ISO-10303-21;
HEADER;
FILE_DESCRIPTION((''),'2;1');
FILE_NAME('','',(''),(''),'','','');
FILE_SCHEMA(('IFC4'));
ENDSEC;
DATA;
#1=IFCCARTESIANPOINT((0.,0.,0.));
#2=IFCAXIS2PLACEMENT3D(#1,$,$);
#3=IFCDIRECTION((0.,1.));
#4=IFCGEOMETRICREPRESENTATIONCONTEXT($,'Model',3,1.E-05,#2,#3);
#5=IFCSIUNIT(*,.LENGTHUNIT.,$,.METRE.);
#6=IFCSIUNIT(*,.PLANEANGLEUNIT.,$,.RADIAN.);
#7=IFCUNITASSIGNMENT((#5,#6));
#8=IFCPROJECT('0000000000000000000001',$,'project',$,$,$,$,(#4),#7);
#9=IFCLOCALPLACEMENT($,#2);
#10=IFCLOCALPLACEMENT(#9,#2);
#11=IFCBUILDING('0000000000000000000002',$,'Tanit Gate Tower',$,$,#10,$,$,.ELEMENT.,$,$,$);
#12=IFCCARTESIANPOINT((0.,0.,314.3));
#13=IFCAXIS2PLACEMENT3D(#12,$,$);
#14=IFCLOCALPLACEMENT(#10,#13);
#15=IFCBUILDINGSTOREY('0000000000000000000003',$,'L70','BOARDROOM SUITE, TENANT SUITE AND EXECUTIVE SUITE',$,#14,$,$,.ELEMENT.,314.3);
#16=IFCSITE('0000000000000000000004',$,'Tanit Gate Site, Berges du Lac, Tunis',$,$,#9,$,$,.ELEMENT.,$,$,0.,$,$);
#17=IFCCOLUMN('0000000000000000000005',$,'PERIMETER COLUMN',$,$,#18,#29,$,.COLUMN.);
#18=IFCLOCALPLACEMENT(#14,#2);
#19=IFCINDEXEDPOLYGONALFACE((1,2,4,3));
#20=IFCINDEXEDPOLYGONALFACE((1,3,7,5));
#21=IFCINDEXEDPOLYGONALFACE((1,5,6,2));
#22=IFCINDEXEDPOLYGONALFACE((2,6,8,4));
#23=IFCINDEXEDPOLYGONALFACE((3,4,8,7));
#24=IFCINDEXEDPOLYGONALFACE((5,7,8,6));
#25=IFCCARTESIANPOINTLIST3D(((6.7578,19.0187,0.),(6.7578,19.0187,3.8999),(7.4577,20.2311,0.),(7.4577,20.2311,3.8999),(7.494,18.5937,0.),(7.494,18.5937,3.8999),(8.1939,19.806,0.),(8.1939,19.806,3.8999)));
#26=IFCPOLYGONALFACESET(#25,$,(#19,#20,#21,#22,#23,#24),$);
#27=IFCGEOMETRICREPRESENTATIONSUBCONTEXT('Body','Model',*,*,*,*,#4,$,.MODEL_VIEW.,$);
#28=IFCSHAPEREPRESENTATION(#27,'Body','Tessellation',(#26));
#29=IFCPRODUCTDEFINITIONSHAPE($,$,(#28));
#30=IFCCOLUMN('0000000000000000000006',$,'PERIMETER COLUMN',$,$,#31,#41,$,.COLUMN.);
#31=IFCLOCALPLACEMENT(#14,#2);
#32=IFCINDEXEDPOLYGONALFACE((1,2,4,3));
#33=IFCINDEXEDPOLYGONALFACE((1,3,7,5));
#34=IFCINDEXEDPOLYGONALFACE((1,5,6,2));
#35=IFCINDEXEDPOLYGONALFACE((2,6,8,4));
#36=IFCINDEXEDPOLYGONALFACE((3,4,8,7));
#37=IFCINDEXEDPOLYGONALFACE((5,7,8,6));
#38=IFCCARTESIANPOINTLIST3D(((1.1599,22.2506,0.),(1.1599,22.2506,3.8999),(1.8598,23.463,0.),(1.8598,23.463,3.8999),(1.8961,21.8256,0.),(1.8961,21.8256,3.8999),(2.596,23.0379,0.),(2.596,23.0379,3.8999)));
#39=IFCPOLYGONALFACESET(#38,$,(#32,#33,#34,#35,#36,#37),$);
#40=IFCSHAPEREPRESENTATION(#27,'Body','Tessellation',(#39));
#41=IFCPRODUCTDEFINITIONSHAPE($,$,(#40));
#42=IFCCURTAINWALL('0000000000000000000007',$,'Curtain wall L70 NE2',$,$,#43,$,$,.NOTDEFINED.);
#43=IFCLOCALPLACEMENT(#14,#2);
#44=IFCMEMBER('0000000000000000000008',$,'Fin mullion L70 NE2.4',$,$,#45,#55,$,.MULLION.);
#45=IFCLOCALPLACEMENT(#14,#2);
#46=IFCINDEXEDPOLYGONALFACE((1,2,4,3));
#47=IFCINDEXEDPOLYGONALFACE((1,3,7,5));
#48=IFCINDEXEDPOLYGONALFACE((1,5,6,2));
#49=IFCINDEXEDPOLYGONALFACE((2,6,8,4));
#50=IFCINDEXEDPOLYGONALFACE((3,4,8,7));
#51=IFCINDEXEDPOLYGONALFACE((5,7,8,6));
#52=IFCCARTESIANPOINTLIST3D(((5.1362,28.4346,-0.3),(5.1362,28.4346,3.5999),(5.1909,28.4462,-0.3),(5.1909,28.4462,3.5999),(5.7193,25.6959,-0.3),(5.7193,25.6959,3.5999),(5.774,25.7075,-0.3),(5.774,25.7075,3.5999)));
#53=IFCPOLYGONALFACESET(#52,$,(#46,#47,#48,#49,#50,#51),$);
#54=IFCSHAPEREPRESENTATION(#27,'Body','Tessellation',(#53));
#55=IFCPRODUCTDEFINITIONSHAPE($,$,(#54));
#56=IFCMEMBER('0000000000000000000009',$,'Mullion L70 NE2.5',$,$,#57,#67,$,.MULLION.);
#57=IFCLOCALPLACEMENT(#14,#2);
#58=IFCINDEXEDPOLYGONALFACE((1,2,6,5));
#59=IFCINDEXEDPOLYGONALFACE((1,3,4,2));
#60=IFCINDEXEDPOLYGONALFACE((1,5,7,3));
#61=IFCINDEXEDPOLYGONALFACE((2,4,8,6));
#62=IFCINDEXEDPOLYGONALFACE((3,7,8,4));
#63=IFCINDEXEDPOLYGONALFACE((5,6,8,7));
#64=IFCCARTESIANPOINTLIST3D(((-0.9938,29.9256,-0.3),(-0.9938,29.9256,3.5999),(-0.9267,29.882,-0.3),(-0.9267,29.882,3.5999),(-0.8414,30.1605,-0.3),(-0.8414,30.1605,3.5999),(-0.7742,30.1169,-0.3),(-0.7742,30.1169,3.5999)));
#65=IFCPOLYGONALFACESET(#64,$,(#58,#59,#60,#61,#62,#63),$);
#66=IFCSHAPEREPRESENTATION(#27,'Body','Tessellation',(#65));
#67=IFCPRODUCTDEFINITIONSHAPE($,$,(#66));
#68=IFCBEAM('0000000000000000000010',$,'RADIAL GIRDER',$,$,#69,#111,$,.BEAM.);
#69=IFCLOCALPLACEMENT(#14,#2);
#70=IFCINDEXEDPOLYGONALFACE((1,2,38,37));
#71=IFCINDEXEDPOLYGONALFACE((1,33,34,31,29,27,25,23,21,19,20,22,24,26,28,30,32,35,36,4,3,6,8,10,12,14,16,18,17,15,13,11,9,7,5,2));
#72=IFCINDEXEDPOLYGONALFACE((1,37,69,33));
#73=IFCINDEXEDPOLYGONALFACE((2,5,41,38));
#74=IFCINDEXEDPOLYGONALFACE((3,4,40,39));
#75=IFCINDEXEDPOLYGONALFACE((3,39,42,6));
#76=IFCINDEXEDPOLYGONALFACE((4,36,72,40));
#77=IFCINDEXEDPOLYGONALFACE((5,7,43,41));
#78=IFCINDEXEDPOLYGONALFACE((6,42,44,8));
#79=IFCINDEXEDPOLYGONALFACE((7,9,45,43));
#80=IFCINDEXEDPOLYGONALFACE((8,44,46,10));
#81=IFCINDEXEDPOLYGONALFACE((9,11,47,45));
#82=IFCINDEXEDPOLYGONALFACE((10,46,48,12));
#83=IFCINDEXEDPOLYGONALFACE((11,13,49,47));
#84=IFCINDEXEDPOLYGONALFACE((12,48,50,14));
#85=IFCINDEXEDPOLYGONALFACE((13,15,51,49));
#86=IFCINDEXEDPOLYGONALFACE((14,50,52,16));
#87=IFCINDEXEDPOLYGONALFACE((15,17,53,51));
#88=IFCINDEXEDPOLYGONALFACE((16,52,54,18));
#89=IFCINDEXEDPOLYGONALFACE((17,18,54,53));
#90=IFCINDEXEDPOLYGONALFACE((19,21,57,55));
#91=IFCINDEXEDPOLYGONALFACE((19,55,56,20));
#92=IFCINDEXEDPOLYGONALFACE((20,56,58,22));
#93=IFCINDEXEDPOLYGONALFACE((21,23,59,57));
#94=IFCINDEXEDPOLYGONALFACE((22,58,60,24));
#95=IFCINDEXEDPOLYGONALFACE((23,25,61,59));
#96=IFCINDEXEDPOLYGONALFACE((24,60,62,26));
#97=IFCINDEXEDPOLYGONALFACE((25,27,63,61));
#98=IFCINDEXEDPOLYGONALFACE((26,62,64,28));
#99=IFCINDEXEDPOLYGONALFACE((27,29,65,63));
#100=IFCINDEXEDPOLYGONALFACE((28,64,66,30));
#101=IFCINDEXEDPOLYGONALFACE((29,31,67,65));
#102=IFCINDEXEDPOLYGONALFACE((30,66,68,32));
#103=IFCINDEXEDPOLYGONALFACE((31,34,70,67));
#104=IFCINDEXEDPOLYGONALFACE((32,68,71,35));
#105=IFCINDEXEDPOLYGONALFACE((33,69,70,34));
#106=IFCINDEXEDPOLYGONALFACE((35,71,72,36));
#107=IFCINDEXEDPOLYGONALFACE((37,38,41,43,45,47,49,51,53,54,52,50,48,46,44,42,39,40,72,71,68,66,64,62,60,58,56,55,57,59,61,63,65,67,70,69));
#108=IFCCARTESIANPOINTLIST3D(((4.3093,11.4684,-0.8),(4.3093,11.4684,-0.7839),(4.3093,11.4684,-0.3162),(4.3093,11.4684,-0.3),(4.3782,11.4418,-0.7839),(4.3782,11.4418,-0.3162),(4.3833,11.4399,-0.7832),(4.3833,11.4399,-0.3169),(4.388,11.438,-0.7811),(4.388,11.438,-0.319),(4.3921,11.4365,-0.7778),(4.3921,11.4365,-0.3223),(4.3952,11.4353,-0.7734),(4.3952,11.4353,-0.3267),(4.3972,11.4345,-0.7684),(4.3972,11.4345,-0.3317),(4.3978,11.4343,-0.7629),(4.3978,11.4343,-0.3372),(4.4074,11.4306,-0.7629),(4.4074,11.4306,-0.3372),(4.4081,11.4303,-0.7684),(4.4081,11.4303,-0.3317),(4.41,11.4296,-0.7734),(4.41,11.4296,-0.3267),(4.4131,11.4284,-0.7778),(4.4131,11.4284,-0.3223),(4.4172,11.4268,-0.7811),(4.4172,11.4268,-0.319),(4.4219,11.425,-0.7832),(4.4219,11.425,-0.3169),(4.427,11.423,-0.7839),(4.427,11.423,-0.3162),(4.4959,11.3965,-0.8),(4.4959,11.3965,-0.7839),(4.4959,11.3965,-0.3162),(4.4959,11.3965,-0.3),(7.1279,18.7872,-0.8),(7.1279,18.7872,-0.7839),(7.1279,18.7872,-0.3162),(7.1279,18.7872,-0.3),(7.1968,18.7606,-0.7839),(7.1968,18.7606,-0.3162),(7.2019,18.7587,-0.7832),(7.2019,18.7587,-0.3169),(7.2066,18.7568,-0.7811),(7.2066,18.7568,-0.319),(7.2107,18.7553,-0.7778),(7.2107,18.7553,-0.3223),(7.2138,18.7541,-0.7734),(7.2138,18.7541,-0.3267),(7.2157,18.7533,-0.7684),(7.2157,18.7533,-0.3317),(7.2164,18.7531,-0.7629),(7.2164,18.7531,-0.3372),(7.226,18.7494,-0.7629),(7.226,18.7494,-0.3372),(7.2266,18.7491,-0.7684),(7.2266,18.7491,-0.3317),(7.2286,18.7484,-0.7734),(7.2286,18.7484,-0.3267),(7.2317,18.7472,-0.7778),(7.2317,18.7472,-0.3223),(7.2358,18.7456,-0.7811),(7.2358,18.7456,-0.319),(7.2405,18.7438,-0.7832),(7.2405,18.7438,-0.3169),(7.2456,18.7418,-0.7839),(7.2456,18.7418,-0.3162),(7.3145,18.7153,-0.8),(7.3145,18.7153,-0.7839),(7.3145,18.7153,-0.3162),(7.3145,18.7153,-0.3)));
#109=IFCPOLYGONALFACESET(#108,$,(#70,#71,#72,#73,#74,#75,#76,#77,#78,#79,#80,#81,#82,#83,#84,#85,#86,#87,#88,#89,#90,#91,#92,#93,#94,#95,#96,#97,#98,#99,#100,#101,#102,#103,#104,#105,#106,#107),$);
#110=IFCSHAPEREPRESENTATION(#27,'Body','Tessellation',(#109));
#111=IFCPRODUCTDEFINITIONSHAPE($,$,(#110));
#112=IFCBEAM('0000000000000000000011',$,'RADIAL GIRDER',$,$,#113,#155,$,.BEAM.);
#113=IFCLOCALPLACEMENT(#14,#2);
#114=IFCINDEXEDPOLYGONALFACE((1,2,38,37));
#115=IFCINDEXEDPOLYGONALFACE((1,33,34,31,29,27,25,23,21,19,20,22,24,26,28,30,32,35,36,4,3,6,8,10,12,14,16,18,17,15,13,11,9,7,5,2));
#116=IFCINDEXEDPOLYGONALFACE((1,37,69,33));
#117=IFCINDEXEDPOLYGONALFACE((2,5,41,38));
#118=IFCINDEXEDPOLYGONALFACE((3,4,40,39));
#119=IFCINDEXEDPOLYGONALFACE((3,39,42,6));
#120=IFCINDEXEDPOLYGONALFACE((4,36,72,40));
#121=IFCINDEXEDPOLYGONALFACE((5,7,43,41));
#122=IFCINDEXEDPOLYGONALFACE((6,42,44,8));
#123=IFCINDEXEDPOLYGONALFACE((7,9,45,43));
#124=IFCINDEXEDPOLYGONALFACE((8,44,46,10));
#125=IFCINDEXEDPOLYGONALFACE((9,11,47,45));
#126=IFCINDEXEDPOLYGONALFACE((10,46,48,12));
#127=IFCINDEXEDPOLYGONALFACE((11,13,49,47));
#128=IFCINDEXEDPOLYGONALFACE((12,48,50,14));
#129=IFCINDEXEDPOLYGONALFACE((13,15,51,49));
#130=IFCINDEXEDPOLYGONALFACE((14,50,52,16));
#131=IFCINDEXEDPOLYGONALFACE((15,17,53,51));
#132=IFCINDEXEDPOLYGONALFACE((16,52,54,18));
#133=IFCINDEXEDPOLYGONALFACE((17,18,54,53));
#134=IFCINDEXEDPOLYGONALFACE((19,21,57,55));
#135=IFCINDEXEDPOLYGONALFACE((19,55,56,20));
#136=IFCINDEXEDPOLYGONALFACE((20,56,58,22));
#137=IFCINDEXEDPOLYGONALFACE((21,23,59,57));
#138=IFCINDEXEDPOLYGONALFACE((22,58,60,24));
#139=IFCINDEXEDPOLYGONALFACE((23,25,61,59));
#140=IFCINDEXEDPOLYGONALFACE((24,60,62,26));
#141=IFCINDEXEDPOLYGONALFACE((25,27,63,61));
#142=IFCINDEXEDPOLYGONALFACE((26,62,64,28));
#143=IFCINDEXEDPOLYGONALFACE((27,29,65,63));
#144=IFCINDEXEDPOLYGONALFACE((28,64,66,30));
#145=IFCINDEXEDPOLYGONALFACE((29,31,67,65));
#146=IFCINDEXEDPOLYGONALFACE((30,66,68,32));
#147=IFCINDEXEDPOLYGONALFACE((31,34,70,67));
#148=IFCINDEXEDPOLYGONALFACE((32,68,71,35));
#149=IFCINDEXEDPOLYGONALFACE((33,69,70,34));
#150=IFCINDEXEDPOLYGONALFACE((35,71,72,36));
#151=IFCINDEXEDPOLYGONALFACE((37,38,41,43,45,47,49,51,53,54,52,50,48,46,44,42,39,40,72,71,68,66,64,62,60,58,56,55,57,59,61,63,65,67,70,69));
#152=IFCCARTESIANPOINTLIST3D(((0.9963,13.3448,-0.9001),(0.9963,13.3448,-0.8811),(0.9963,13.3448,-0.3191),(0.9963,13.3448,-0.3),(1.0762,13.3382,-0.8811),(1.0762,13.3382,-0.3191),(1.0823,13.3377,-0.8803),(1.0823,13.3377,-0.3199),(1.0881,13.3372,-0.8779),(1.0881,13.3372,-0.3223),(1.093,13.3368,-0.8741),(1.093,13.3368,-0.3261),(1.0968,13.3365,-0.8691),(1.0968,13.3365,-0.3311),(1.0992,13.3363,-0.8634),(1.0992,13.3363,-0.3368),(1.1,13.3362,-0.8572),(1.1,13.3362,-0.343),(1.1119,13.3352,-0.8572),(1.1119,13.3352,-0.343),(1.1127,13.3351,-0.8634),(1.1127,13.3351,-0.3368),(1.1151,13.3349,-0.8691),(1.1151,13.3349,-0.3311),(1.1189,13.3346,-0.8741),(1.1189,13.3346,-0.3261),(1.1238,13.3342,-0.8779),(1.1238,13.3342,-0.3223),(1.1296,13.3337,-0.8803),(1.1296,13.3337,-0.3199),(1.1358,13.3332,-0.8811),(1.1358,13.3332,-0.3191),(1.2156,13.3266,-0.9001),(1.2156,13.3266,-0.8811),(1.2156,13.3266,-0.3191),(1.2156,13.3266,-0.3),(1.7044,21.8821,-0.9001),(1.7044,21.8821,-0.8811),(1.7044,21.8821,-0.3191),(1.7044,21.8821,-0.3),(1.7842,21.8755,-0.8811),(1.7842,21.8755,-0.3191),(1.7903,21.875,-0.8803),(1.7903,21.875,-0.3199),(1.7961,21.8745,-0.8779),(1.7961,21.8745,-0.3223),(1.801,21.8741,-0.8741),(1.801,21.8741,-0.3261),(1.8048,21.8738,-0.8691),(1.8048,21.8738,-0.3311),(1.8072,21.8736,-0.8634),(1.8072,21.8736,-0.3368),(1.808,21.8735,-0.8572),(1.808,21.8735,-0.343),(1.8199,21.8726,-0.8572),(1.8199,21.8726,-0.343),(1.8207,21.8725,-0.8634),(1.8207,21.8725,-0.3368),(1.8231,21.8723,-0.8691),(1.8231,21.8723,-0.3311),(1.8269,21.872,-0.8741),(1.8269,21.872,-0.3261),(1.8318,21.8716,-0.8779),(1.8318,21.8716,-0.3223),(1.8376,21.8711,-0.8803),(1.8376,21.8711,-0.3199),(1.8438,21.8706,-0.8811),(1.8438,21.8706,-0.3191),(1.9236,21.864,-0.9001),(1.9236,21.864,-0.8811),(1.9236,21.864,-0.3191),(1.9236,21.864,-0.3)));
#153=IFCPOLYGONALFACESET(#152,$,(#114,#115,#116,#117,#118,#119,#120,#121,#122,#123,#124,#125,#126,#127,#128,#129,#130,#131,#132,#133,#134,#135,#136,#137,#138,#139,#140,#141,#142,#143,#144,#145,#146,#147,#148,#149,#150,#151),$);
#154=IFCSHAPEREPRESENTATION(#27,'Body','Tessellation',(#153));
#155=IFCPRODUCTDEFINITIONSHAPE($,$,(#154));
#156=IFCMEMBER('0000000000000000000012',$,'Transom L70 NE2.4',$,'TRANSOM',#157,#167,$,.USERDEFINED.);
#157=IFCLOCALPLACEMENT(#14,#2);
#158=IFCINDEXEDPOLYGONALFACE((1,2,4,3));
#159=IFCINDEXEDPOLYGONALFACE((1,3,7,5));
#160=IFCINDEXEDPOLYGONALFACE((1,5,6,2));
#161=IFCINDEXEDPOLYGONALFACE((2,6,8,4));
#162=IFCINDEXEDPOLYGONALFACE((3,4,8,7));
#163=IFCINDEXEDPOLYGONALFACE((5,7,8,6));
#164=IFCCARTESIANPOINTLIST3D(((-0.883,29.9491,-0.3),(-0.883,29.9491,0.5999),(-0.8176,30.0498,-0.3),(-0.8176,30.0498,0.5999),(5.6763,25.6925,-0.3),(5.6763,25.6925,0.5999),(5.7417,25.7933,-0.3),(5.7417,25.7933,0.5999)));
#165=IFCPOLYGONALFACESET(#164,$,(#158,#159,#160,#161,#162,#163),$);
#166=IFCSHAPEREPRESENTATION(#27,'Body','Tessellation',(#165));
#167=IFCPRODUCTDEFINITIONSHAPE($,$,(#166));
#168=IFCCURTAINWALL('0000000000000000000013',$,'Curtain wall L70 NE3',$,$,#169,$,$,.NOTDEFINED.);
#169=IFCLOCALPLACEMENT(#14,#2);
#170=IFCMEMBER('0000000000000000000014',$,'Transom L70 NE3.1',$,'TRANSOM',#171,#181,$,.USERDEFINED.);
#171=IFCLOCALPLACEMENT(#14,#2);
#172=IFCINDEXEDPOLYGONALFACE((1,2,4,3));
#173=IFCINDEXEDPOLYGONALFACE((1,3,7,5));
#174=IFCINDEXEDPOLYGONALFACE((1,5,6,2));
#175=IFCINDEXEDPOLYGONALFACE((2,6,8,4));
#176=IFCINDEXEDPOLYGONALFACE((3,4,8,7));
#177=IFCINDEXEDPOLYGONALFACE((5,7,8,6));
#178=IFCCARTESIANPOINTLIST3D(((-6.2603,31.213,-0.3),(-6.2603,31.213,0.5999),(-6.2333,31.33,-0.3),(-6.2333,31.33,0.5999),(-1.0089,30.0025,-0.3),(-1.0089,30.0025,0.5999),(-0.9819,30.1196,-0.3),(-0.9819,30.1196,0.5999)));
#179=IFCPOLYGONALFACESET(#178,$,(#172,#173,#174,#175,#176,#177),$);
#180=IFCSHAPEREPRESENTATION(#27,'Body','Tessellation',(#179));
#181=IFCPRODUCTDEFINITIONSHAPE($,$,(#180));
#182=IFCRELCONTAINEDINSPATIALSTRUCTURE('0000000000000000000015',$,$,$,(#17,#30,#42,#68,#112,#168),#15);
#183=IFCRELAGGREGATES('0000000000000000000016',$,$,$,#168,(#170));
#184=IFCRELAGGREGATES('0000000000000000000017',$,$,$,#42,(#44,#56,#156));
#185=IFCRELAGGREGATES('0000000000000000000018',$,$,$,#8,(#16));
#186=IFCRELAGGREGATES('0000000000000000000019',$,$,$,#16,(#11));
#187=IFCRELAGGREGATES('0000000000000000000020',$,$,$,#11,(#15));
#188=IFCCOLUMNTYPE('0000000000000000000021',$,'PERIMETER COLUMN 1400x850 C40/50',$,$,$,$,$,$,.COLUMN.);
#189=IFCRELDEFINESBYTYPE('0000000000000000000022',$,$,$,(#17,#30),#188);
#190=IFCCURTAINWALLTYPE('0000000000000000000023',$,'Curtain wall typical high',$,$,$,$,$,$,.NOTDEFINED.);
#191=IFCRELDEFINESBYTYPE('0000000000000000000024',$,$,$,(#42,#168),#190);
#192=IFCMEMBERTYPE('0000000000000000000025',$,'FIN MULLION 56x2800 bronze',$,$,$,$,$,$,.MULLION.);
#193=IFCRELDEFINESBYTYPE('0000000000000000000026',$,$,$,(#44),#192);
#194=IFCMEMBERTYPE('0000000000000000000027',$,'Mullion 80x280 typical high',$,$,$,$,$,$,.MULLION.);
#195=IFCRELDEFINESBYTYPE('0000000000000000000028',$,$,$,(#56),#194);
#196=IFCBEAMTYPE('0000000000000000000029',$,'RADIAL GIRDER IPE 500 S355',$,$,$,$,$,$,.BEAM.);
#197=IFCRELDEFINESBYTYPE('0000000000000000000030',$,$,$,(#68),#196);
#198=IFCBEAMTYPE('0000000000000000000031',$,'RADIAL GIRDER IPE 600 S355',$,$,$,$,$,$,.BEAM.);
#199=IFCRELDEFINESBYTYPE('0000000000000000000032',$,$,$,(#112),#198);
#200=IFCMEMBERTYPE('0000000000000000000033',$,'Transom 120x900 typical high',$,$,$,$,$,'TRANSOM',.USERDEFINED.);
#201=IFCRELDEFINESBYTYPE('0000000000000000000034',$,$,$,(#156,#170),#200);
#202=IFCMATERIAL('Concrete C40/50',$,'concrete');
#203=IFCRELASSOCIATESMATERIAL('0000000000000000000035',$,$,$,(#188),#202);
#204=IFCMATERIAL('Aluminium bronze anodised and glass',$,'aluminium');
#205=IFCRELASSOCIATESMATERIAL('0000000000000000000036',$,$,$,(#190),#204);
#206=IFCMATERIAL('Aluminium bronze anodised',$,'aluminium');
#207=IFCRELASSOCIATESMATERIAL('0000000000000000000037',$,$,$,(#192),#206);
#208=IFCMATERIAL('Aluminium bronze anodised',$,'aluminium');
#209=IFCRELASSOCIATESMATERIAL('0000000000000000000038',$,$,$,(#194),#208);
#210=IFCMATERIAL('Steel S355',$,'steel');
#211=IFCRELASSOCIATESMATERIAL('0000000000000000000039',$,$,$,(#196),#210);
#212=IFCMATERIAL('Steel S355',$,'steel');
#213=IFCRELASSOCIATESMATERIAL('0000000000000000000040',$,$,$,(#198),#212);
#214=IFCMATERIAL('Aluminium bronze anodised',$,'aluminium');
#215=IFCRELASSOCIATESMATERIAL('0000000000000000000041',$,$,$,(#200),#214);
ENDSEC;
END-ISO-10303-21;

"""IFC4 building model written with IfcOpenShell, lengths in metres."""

from ifc_helpers import new_model, si_unit, direction, frame, origin, origin_2d, place, context, subcontext, project, spatial, rectangle, i_section, extrude, material, material_profile, profile_set, type_object, element, aggregate, save


model = new_model("IFC4")

# Units and contexts
model_context = context("Model", 3, precision=1e-05, world=origin(), true_north=direction((0.0, 1.0)))
body_context = subcontext(model_context, "Body", "Model", "MODEL_VIEW")
ifc_project = project(units=[si_unit("LENGTHUNIT", "METRE"), si_unit("PLANEANGLEUNIT", "RADIAN")], contexts=[model_context])

# Site, building, storey
site_placement = place(None, origin())
site = spatial("IfcSite", under=ifc_project, at=site_placement, Name="Tanit Gate Site, Berges du Lac, Tunis", CompositionType="ELEMENT", RefElevation=0.0)
building_placement = place(site_placement, origin())
building = spatial("IfcBuilding", under=site, at=building_placement, Name="Tanit Gate Tower", CompositionType="ELEMENT")
storey_placement = place(building_placement, frame((0.0, 0.0, 314.3)))
storey = spatial("IfcBuildingStorey", under=building, at=storey_placement, Name="L70", Description="BOARDROOM SUITE, TENANT SUITE AND EXECUTIVE SUITE", CompositionType="ELEMENT", Elevation=314.3)

# Columns
ifc_material_1 = material(Name="Concrete C40/50", Category="concrete")
ifc_material_profile_1 = material_profile(ifc_material_1, rectangle(XDim=1.3999, YDim=0.8501, at=origin_2d()), Name="RC 1400x850")
ifc_profile_set_1 = profile_set([ifc_material_profile_1], Name="Concrete C40/50")
column_type = type_object("IfcColumnType", Name="PERIMETER COLUMN 1400x850 C40/50", PredefinedType="COLUMN", material=ifc_profile_set_1)
for number, where, z_axis, x_axis, name in (
    (1, (7.4758, 19.4124, 0.0), (0.0, 0.0, 1.0), (0.5, 0.866025, 0.0), "PERIMETER COLUMN"),
    (2, (1.8779, 22.6443, 0.0), (0.0, 0.0, 1.0), (0.5, 0.866025, 0.0), "PERIMETER COLUMN"),
):
    element("IfcColumn", number, at=place(storey_placement, frame(where, z_axis=z_axis, x_axis=x_axis)), inside=storey, type_object=column_type, Name=name, PredefinedType="COLUMN", context=body_context, shape_type="SweptSolid", body=[
        extrude(rectangle(XDim=1.3999, YDim=0.8501, at=origin_2d()), origin(), (0.0, 0.0, 1.0), 3.8999),
    ])

# Curtain wall, members
ifc_material_2 = material(Name="Aluminium bronze anodised and glass", Category="aluminium")
curtain_wall_type = type_object("IfcCurtainWallType", Name="Curtain wall typical high", PredefinedType="NOTDEFINED", material=ifc_material_2)
curtain_wall_1_placement = place(storey_placement, origin())
curtain_wall_1 = element("IfcCurtainWall", 3, at=curtain_wall_1_placement, inside=storey, type_object=curtain_wall_type, Name="Curtain wall L70 NE2", PredefinedType="NOTDEFINED")
ifc_material_3 = material(Name="Aluminium bronze anodised", Category="aluminium")
ifc_material_profile_2 = material_profile(ifc_material_3, rectangle(XDim=2.8, YDim=0.0559, at=origin_2d()), Name="56x2800 bronze fin mullion")
ifc_profile_set_2 = profile_set([ifc_material_profile_2], Name="Aluminium bronze anodised")
member_type_1 = type_object("IfcMemberType", Name="FIN MULLION 56x2800 bronze", PredefinedType="MULLION", material=ifc_profile_set_2)
member_1_placement = place(storey_placement, frame((5.4551, 27.071, -0.3), z_axis=(0.0, 0.0, 1.0), x_axis=(0.208238, -0.978078, 0.0)))
member_1 = element("IfcMember", 4, at=member_1_placement, type_object=member_type_1, Name="Fin mullion L70 NE2.4", PredefinedType="MULLION", context=body_context, shape_type="SweptSolid", body=[
    extrude(rectangle(XDim=2.8, YDim=0.0559, at=origin_2d()), origin(), (0.0, 0.0, 1.0), 3.8999),
])
ifc_material_4 = material(Name="Aluminium bronze anodised", Category="aluminium")
ifc_material_profile_3 = material_profile(ifc_material_4, rectangle(XDim=0.28, YDim=0.0801, at=origin_2d()), Name="80x280 bronze mullion")
ifc_profile_set_3 = profile_set([ifc_material_profile_3], Name="Aluminium bronze anodised")
member_type_2 = type_object("IfcMemberType", Name="Mullion 80x280 typical high", PredefinedType="MULLION", material=ifc_profile_set_3)
member_2_placement = place(storey_placement, frame((-0.884, 30.0212, -0.3), z_axis=(0.0, 0.0, 1.0), x_axis=(-0.544359, -0.838852, 0.0)))
member_2 = element("IfcMember", 5, at=member_2_placement, type_object=member_type_2, Name="Mullion L70 NE2.5", PredefinedType="MULLION", context=body_context, shape_type="SweptSolid", body=[
    extrude(rectangle(XDim=0.28, YDim=0.0801, at=origin_2d()), origin(), (0.0, 0.0, 1.0), 3.8999),
])

# Beams
ifc_material_5 = material(Name="Steel S355", Category="steel")
ifc_material_profile_4 = material_profile(ifc_material_5, i_section(OverallWidth=0.2, OverallDepth=0.5, WebThickness=0.0103, FlangeThickness=0.0161, FilletRadius=0.021, at=origin_2d()), Name="IPE 500")
ifc_profile_set_4 = profile_set([ifc_material_profile_4], Name="Steel S355")
beam_type_1 = type_object("IfcBeamType", Name="RADIAL GIRDER IPE 500 S355", PredefinedType="BEAM", material=ifc_profile_set_4)
beam_1_placement = place(storey_placement, frame((7.2212, 18.7512, -0.55), z_axis=(-0.359386, -0.933189, 0.0), x_axis=(0.933189, -0.359386, 0.0)))
element("IfcBeam", 6, at=beam_1_placement, inside=storey, type_object=beam_type_1, Name="RADIAL GIRDER", PredefinedType="BEAM", context=body_context, shape_type="SweptSolid", body=[
    extrude(i_section(OverallWidth=0.2, OverallDepth=0.5, WebThickness=0.0103, FlangeThickness=0.0161, FilletRadius=0.021, at=origin_2d()), origin(), (0.0, 0.0, 1.0), 7.8428),
])
ifc_material_6 = material(Name="Steel S355", Category="steel")
ifc_material_profile_5 = material_profile(ifc_material_6, i_section(OverallWidth=0.22, OverallDepth=0.6001, WebThickness=0.012, FlangeThickness=0.019, FilletRadius=0.0239, at=origin_2d()), Name="IPE 600")
ifc_profile_set_5 = profile_set([ifc_material_profile_5], Name="Steel S355")
beam_type_2 = type_object("IfcBeamType", Name="RADIAL GIRDER IPE 600 S355", PredefinedType="BEAM", material=ifc_profile_set_5)
beam_2_placement = place(storey_placement, frame((1.814, 21.873, -0.6001), z_axis=(-0.082647, -0.996579, 0.0), x_axis=(0.996579, -0.082647, 0.0)))
element("IfcBeam", 7, at=beam_2_placement, inside=storey, type_object=beam_type_2, Name="RADIAL GIRDER", PredefinedType="BEAM", context=body_context, shape_type="SweptSolid", body=[
    extrude(i_section(OverallWidth=0.22, OverallDepth=0.6001, WebThickness=0.012, FlangeThickness=0.019, FilletRadius=0.0239, at=origin_2d()), origin(), (0.0, 0.0, 1.0), 8.5667),
])

# Member
ifc_material_7 = material(Name="Aluminium bronze anodised", Category="aluminium")
ifc_material_profile_6 = material_profile(ifc_material_7, rectangle(XDim=0.1201, YDim=0.8999, at=origin_2d()), Name="120x900 bronze transom")
ifc_profile_set_6 = profile_set([ifc_material_profile_6], Name="Aluminium bronze anodised")
member_type_3 = type_object("IfcMemberType", Name="Transom 120x900 typical high", ElementType="TRANSOM", PredefinedType="USERDEFINED", material=ifc_profile_set_6)
member_3_placement = place(storey_placement, frame((5.709, 25.7429, 0.1499), z_axis=(-0.838851, 0.544362, 0.0), x_axis=(-0.544362, -0.838851, 0.0)))
member_3 = element("IfcMember", 8, at=member_3_placement, type_object=member_type_3, Name="Transom L70 NE2.4", ObjectType="TRANSOM", PredefinedType="USERDEFINED", context=body_context, shape_type="SweptSolid", body=[
    extrude(rectangle(XDim=0.1201, YDim=0.8999, at=origin_2d()), origin(), (0.0, 0.0, 1.0), 7.8193),
])

# Curtain wall, member
curtain_wall_2_placement = place(storey_placement, origin())
curtain_wall_2 = element("IfcCurtainWall", 9, at=curtain_wall_2_placement, inside=storey, type_object=curtain_wall_type, Name="Curtain wall L70 NE3", PredefinedType="NOTDEFINED")
member_4_placement = place(storey_placement, frame((-0.9954, 30.061, 0.1499), z_axis=(-0.974449, 0.224608, 0.0), x_axis=(-0.224608, -0.974449, 0.0)))
member_4 = element("IfcMember", 10, at=member_4_placement, type_object=member_type_3, Name="Transom L70 NE3.1", ObjectType="TRANSOM", PredefinedType="USERDEFINED", context=body_context, shape_type="SweptSolid", body=[
    extrude(rectangle(XDim=0.1201, YDim=0.8999, at=origin_2d()), origin(), (0.0, 0.0, 1.0), 5.3892),
])
aggregate(curtain_wall_2, [member_4])

aggregate(curtain_wall_1, [member_1, member_2, member_3])

save(model, "model.ifc")
